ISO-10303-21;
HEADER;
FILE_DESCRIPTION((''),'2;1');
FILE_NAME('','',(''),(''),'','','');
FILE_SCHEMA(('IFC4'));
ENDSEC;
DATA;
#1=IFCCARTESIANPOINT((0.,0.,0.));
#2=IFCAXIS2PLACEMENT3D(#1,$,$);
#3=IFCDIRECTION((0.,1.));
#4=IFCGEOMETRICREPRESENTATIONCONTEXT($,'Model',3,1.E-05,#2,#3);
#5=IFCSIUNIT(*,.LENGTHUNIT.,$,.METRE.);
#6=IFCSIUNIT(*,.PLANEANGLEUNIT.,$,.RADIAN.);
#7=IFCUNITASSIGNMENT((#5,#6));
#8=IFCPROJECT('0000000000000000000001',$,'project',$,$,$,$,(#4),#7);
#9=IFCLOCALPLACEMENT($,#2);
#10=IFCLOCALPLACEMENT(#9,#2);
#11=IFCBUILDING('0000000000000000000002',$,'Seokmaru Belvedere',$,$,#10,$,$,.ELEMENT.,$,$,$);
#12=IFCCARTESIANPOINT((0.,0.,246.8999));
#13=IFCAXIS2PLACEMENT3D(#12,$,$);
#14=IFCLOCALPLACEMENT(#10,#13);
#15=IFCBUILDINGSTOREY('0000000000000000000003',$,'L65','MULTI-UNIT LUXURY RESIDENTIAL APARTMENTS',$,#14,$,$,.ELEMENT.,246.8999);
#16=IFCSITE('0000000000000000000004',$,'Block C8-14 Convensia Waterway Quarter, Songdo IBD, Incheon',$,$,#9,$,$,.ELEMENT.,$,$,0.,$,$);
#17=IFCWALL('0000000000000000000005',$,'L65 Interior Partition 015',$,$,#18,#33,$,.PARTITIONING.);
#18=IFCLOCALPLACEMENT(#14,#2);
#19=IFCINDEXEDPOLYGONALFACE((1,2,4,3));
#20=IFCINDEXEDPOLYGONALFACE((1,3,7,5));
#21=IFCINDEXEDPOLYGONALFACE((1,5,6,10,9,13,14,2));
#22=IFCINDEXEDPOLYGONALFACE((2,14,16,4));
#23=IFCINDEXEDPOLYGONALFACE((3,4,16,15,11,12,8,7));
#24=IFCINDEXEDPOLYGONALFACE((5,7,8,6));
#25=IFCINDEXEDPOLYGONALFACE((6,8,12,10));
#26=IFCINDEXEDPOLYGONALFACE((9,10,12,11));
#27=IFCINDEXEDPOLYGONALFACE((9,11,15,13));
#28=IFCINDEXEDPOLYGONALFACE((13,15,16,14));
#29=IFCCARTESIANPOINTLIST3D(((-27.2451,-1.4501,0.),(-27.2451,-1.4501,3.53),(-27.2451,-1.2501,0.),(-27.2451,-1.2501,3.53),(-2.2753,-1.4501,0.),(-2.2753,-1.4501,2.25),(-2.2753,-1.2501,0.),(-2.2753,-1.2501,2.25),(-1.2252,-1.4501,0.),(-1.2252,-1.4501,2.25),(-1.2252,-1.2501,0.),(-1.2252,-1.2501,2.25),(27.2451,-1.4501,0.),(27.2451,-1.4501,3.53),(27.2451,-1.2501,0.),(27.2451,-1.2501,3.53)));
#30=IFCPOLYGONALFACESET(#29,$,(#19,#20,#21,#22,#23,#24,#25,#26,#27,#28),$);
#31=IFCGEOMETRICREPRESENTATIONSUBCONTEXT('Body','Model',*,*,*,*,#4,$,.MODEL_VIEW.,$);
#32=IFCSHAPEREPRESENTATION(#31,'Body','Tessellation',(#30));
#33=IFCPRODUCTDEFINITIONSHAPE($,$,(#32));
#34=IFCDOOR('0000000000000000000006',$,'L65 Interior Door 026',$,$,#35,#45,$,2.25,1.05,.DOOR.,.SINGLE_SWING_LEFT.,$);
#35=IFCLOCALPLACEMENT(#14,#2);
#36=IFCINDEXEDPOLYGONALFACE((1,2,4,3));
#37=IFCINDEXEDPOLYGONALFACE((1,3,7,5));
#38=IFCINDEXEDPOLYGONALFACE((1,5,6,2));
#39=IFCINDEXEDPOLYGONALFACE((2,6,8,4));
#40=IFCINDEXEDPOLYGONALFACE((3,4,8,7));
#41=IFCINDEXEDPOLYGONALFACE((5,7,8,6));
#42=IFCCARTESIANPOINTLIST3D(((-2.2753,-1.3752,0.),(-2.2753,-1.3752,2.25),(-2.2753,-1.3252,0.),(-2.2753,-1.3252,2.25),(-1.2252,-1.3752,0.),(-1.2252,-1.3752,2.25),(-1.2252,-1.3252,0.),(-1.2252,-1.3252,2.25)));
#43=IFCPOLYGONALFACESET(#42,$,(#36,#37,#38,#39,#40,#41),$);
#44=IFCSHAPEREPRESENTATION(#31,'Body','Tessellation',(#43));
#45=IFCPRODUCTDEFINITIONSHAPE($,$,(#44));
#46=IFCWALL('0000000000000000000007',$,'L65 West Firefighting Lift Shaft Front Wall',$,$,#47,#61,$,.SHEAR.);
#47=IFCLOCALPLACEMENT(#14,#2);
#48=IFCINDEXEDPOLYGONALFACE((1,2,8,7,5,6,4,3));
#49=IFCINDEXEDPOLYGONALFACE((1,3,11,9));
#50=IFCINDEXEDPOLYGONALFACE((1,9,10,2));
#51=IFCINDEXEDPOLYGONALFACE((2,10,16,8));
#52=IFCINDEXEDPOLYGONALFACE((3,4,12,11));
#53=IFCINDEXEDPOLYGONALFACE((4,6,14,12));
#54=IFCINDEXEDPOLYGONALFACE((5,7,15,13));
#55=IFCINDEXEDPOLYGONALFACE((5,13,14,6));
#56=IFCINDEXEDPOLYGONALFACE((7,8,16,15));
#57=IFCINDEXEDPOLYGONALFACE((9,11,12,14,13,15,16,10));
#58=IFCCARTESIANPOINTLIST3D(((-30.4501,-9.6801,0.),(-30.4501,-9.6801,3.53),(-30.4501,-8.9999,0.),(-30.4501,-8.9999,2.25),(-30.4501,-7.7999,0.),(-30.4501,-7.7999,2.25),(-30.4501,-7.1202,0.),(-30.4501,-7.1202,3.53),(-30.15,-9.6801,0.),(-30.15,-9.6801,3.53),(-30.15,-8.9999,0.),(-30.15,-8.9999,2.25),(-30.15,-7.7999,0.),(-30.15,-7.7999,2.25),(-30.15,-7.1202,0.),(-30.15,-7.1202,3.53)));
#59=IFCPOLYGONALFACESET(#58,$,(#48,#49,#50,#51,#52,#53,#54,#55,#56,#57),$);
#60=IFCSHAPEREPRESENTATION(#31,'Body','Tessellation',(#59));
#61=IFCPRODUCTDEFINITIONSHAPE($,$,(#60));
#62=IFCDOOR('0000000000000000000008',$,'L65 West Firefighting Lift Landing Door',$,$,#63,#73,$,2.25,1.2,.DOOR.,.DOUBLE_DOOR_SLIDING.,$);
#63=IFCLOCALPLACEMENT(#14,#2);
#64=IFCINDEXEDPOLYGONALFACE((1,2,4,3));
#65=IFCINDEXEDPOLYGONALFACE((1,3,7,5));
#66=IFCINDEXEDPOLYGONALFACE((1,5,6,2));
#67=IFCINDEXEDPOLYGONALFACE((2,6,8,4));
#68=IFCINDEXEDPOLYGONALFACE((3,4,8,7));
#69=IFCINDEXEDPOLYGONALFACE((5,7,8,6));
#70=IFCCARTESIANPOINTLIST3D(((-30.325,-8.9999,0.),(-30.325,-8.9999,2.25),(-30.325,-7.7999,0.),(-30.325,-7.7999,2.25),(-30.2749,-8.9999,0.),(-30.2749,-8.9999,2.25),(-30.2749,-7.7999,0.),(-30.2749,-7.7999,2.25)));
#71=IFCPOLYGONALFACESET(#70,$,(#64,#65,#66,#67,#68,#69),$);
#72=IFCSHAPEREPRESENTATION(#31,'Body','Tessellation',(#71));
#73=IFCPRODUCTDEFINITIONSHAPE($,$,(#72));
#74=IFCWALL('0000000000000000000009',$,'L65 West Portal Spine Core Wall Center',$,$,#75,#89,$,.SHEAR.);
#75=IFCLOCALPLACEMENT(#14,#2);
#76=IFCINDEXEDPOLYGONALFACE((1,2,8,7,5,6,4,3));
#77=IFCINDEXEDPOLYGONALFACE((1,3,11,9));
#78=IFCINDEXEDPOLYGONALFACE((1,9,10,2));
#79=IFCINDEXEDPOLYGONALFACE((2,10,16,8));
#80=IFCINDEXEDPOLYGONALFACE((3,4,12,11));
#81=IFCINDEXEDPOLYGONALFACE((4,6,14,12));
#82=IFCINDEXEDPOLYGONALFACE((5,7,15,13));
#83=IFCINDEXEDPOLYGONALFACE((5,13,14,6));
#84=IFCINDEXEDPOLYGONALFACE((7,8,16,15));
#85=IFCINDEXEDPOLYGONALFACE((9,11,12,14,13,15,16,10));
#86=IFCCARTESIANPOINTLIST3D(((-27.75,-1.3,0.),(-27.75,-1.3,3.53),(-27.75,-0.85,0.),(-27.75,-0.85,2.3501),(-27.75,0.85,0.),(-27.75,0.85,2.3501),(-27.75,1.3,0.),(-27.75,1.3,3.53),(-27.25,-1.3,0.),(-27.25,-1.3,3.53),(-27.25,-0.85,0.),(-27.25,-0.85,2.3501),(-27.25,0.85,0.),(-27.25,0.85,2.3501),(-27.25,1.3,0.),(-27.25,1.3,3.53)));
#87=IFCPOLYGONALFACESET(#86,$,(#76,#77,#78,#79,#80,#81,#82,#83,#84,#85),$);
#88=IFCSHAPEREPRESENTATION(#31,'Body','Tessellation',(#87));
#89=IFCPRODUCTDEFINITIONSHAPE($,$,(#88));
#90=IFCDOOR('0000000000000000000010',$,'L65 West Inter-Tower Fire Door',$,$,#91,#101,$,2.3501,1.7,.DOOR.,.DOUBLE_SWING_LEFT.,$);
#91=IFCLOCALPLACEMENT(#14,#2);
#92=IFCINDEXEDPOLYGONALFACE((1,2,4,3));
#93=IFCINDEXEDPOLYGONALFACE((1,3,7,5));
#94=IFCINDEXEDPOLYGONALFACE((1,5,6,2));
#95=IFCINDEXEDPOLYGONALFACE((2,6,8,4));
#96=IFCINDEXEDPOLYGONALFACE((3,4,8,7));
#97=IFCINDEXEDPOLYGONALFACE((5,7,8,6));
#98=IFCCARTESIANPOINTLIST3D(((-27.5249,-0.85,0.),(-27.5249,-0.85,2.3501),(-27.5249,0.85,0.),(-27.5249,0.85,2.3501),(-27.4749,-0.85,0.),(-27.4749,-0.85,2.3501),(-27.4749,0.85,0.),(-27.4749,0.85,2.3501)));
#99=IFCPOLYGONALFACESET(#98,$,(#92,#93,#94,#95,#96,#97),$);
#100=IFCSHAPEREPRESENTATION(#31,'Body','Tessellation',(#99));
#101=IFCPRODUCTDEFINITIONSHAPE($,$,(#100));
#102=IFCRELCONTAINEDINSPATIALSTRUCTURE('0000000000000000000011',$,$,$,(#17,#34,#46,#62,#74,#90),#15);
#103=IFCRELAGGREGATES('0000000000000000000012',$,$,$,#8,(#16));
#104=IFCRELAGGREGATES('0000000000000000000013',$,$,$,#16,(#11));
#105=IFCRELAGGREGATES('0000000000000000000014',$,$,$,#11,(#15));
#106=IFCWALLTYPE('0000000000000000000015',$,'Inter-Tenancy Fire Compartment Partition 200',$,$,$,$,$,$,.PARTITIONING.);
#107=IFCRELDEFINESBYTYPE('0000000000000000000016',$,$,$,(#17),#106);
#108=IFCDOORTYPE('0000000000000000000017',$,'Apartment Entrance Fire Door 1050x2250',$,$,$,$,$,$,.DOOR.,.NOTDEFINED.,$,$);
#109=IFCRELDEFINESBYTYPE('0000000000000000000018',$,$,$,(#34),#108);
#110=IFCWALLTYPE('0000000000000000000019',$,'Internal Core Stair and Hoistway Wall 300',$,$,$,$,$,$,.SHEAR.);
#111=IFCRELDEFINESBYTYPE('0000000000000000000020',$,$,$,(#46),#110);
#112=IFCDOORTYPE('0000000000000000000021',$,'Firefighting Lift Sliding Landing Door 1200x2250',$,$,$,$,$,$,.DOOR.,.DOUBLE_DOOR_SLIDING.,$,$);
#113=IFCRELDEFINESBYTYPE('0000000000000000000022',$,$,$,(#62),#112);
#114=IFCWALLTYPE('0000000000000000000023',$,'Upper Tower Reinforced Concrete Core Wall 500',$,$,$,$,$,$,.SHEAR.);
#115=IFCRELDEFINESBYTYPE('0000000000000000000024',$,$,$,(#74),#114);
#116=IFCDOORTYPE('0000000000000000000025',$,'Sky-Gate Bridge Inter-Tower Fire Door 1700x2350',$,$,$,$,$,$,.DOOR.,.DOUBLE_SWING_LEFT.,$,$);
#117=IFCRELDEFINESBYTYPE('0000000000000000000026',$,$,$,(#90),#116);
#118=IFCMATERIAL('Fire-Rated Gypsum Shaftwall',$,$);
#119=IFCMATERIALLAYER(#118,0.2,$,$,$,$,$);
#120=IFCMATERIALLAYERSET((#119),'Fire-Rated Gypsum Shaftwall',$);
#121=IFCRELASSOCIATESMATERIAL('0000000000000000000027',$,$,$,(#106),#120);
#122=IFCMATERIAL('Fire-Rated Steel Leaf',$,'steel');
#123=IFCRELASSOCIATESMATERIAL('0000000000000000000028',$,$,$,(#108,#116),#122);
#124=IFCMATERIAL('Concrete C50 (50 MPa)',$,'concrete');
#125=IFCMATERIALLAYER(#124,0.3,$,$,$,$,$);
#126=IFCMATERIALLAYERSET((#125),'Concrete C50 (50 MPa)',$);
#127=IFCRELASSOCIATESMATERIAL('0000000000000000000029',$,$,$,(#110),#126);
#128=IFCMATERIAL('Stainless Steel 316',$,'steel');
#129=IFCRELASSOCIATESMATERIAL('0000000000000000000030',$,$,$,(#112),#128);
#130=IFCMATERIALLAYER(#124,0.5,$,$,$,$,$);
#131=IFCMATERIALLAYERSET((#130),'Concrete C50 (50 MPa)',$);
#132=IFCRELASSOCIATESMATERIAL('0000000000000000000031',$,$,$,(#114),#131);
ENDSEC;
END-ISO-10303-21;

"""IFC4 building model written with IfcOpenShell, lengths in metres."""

from ifc_helpers import new_model, si_unit, direction, frame, frame_2d, origin, place, context, subcontext, project, spatial, rectangle, extrude, source, transform, mapped, material, layer, layer_set, type_object, type_shapes, element, fill, save


model = new_model("IFC4")

# Units and contexts
model_context = context("Model", 3, precision=1e-05, world=origin(), true_north=direction((0.0, 1.0)))
body_context = subcontext(model_context, "Body", "Model", "MODEL_VIEW")
ifc_project = project(units=[si_unit("LENGTHUNIT", "METRE"), si_unit("PLANEANGLEUNIT", "RADIAN")], contexts=[model_context])

# Site, building, storey
site_placement = place(None, origin())
site = spatial("IfcSite", under=ifc_project, at=site_placement, Name="Block C8-14 Convensia Waterway Quarter, Songdo IBD, Incheon", CompositionType="ELEMENT", RefElevation=0.0)
building_placement = place(site_placement, origin())
building = spatial("IfcBuilding", under=site, at=building_placement, Name="Seokmaru Belvedere", CompositionType="ELEMENT")
storey_placement = place(building_placement, frame((0.0, 0.0, 246.8999)))
storey = spatial("IfcBuildingStorey", under=building, at=storey_placement, Name="L65", Description="MULTI-UNIT LUXURY RESIDENTIAL APARTMENTS", CompositionType="ELEMENT", Elevation=246.8999)

# Shared definitions
ifc_material_1 = material(Name="Fire-Rated Gypsum Shaftwall")

# Shared definitions
ifc_material_2 = material(Name="Concrete C50 (50 MPa)", Category="concrete")

# Walls, openings, doors
ifc_layer_1 = layer(ifc_material_1, 0.2)
ifc_layer_set_1 = layer_set([ifc_layer_1], Name="Fire-Rated Gypsum Shaftwall")
wall_type_1 = type_object("IfcWallType", Name="Inter-Tenancy Fire Compartment Partition 200", PredefinedType="PARTITIONING", material=ifc_layer_set_1)
wall_1_placement = place(storey_placement, frame((-27.2451, -1.3501, 0.0), z_axis=(0.0, 0.0, 1.0), x_axis=(1.0, 0.0, 0.0)))
wall_1 = element("IfcWall", 1, at=wall_1_placement, inside=storey, type_object=wall_type_1, Name="L65 Interior Partition 015", PredefinedType="PARTITIONING", context=body_context, shape_type="SweptSolid", body=[
    extrude(rectangle(XDim=54.4902, YDim=0.2, at=frame_2d((27.2451, 0.0))), origin(), (0.0, 0.0, 1.0), 3.53),
])
opening_1_placement = place(wall_1_placement, frame((24.97, 0.0, 0.0)))
opening_1 = element("IfcOpeningElement", 2, at=opening_1_placement, cuts=wall_1, PredefinedType="OPENING", context=body_context, shape_type="SweptSolid", body=[
    extrude(rectangle(XDim=1.05, YDim=2.25, at=frame_2d((0.5249, 1.125))), frame((0.0, 0.1099, 0.0), z_axis=(0.0, -1.0, 0.0), x_axis=(1.0, 0.0, 0.0)), (0.0, 0.0, 1.0), 0.22),
])
ifc_material_3 = material(Name="Fire-Rated Steel Leaf", Category="steel")
door_type_1 = type_object("IfcDoorType", Name="Apartment Entrance Fire Door 1050x2250", OperationType="NOTDEFINED", PredefinedType="DOOR", material=ifc_material_3)
shared_shape_1 = source(origin(), body_context, "Body", "SweptSolid", [
    extrude(rectangle(XDim=1.05, YDim=2.25, at=frame_2d((0.5249, 1.125))), frame((0.0, 0.0249, 0.0), z_axis=(0.0, -1.0, 0.0), x_axis=(1.0, 0.0, 0.0)), (0.0, 0.0, 1.0), 0.05),
])
type_shapes(door_type_1, [shared_shape_1])
door_1_placement = place(opening_1_placement, origin())
door_1 = element("IfcDoor", 3, at=door_1_placement, inside=storey, type_object=door_type_1, Name="L65 Interior Door 026", OperationType="SINGLE_SWING_LEFT", OverallHeight=2.25, OverallWidth=1.05, PredefinedType="DOOR", context=body_context, shape_type="MappedRepresentation", body=[
    mapped(shared_shape_1, transform((0.0, 0.0, 0.0), scale=1.0)),
])
fill(opening_1, door_1)
ifc_layer_2 = layer(ifc_material_2, 0.3)
ifc_layer_set_2 = layer_set([ifc_layer_2], Name="Concrete C50 (50 MPa)")
wall_type_2 = type_object("IfcWallType", Name="Internal Core Stair and Hoistway Wall 300", PredefinedType="SHEAR", material=ifc_layer_set_2)
wall_2_placement = place(storey_placement, frame((-30.3, -9.6799, 0.0), z_axis=(0.0, 0.0, 1.0), x_axis=(0.0, 1.0, 0.0)))
wall_2 = element("IfcWall", 4, at=wall_2_placement, inside=storey, type_object=wall_type_2, Name="L65 West Firefighting Lift Shaft Front Wall", PredefinedType="SHEAR", context=body_context, shape_type="SweptSolid", body=[
    extrude(rectangle(XDim=2.5598, YDim=0.3, at=frame_2d((1.2798, 0.0))), origin(), (0.0, 0.0, 1.0), 3.53),
])
opening_2_placement = place(wall_2_placement, frame((0.6799, 0.0, 0.0)))
opening_2 = element("IfcOpeningElement", 5, at=opening_2_placement, cuts=wall_2, PredefinedType="OPENING", context=body_context, shape_type="SweptSolid", body=[
    extrude(rectangle(XDim=1.2, YDim=2.25, at=frame_2d((0.6001, 1.125))), frame((0.0, 0.1602, 0.0), z_axis=(0.0, -1.0, 0.0), x_axis=(1.0, 0.0, 0.0)), (0.0, 0.0, 1.0), 0.3201),
])
ifc_material_4 = material(Name="Stainless Steel 316", Category="steel")
door_type_2 = type_object("IfcDoorType", Name="Firefighting Lift Sliding Landing Door 1200x2250", OperationType="DOUBLE_DOOR_SLIDING", PredefinedType="DOOR", material=ifc_material_4)
shared_shape_2 = source(origin(), body_context, "Body", "SweptSolid", [
    extrude(rectangle(XDim=1.2, YDim=2.25, at=frame_2d((0.6001, 1.125))), frame((0.0, 0.0249, 0.0), z_axis=(0.0, -1.0, 0.0), x_axis=(1.0, 0.0, 0.0)), (0.0, 0.0, 1.0), 0.05),
])
type_shapes(door_type_2, [shared_shape_2])
door_2_placement = place(opening_2_placement, origin())
door_2 = element("IfcDoor", 6, at=door_2_placement, inside=storey, type_object=door_type_2, Name="L65 West Firefighting Lift Landing Door", OperationType="DOUBLE_DOOR_SLIDING", OverallHeight=2.25, OverallWidth=1.2, PredefinedType="DOOR", context=body_context, shape_type="MappedRepresentation", body=[
    mapped(shared_shape_2, transform((0.0, 0.0, 0.0), scale=1.0)),
])
fill(opening_2, door_2)
ifc_layer_3 = layer(ifc_material_2, 0.5)
ifc_layer_set_3 = layer_set([ifc_layer_3], Name="Concrete C50 (50 MPa)")
wall_type_3 = type_object("IfcWallType", Name="Upper Tower Reinforced Concrete Core Wall 500", PredefinedType="SHEAR", material=ifc_layer_set_3)
wall_3_placement = place(storey_placement, frame((-27.5, -1.3, 0.0), z_axis=(0.0, 0.0, 1.0), x_axis=(0.0, 1.0, 0.0)))
wall_3 = element("IfcWall", 7, at=wall_3_placement, inside=storey, type_object=wall_type_3, Name="L65 West Portal Spine Core Wall Center", PredefinedType="SHEAR", context=body_context, shape_type="SweptSolid", body=[
    extrude(rectangle(XDim=2.6001, YDim=0.5, at=frame_2d((1.3, 0.0))), origin(), (0.0, 0.0, 1.0), 3.53),
])
opening_3_placement = place(wall_3_placement, frame((0.45, 0.0, 0.0)))
opening_3 = element("IfcOpeningElement", 8, at=opening_3_placement, cuts=wall_3, PredefinedType="OPENING", context=body_context, shape_type="SweptSolid", body=[
    extrude(rectangle(XDim=1.7, YDim=2.3501, at=frame_2d((0.8501, 1.175))), frame((0.0, 0.26, 0.0), z_axis=(0.0, -1.0, 0.0), x_axis=(1.0, 0.0, 0.0)), (0.0, 0.0, 1.0), 0.52),
])
door_type_3 = type_object("IfcDoorType", Name="Sky-Gate Bridge Inter-Tower Fire Door 1700x2350", OperationType="DOUBLE_SWING_LEFT", PredefinedType="DOOR", material=ifc_material_3)
shared_shape_3 = source(origin(), body_context, "Body", "SweptSolid", [
    extrude(rectangle(XDim=1.7, YDim=2.3501, at=frame_2d((0.8501, 1.175))), frame((0.0, 0.0249, 0.0), z_axis=(0.0, -1.0, 0.0), x_axis=(1.0, 0.0, 0.0)), (0.0, 0.0, 1.0), 0.05),
])
type_shapes(door_type_3, [shared_shape_3])
door_3_placement = place(opening_3_placement, origin())
door_3 = element("IfcDoor", 9, at=door_3_placement, inside=storey, type_object=door_type_3, Name="L65 West Inter-Tower Fire Door", OperationType="DOUBLE_SWING_LEFT", OverallHeight=2.3501, OverallWidth=1.7, PredefinedType="DOOR", context=body_context, shape_type="MappedRepresentation", body=[
    mapped(shared_shape_3, transform((0.0, 0.0, 0.0), scale=1.0)),
])
fill(opening_3, door_3)

save(model, "model.ifc")
